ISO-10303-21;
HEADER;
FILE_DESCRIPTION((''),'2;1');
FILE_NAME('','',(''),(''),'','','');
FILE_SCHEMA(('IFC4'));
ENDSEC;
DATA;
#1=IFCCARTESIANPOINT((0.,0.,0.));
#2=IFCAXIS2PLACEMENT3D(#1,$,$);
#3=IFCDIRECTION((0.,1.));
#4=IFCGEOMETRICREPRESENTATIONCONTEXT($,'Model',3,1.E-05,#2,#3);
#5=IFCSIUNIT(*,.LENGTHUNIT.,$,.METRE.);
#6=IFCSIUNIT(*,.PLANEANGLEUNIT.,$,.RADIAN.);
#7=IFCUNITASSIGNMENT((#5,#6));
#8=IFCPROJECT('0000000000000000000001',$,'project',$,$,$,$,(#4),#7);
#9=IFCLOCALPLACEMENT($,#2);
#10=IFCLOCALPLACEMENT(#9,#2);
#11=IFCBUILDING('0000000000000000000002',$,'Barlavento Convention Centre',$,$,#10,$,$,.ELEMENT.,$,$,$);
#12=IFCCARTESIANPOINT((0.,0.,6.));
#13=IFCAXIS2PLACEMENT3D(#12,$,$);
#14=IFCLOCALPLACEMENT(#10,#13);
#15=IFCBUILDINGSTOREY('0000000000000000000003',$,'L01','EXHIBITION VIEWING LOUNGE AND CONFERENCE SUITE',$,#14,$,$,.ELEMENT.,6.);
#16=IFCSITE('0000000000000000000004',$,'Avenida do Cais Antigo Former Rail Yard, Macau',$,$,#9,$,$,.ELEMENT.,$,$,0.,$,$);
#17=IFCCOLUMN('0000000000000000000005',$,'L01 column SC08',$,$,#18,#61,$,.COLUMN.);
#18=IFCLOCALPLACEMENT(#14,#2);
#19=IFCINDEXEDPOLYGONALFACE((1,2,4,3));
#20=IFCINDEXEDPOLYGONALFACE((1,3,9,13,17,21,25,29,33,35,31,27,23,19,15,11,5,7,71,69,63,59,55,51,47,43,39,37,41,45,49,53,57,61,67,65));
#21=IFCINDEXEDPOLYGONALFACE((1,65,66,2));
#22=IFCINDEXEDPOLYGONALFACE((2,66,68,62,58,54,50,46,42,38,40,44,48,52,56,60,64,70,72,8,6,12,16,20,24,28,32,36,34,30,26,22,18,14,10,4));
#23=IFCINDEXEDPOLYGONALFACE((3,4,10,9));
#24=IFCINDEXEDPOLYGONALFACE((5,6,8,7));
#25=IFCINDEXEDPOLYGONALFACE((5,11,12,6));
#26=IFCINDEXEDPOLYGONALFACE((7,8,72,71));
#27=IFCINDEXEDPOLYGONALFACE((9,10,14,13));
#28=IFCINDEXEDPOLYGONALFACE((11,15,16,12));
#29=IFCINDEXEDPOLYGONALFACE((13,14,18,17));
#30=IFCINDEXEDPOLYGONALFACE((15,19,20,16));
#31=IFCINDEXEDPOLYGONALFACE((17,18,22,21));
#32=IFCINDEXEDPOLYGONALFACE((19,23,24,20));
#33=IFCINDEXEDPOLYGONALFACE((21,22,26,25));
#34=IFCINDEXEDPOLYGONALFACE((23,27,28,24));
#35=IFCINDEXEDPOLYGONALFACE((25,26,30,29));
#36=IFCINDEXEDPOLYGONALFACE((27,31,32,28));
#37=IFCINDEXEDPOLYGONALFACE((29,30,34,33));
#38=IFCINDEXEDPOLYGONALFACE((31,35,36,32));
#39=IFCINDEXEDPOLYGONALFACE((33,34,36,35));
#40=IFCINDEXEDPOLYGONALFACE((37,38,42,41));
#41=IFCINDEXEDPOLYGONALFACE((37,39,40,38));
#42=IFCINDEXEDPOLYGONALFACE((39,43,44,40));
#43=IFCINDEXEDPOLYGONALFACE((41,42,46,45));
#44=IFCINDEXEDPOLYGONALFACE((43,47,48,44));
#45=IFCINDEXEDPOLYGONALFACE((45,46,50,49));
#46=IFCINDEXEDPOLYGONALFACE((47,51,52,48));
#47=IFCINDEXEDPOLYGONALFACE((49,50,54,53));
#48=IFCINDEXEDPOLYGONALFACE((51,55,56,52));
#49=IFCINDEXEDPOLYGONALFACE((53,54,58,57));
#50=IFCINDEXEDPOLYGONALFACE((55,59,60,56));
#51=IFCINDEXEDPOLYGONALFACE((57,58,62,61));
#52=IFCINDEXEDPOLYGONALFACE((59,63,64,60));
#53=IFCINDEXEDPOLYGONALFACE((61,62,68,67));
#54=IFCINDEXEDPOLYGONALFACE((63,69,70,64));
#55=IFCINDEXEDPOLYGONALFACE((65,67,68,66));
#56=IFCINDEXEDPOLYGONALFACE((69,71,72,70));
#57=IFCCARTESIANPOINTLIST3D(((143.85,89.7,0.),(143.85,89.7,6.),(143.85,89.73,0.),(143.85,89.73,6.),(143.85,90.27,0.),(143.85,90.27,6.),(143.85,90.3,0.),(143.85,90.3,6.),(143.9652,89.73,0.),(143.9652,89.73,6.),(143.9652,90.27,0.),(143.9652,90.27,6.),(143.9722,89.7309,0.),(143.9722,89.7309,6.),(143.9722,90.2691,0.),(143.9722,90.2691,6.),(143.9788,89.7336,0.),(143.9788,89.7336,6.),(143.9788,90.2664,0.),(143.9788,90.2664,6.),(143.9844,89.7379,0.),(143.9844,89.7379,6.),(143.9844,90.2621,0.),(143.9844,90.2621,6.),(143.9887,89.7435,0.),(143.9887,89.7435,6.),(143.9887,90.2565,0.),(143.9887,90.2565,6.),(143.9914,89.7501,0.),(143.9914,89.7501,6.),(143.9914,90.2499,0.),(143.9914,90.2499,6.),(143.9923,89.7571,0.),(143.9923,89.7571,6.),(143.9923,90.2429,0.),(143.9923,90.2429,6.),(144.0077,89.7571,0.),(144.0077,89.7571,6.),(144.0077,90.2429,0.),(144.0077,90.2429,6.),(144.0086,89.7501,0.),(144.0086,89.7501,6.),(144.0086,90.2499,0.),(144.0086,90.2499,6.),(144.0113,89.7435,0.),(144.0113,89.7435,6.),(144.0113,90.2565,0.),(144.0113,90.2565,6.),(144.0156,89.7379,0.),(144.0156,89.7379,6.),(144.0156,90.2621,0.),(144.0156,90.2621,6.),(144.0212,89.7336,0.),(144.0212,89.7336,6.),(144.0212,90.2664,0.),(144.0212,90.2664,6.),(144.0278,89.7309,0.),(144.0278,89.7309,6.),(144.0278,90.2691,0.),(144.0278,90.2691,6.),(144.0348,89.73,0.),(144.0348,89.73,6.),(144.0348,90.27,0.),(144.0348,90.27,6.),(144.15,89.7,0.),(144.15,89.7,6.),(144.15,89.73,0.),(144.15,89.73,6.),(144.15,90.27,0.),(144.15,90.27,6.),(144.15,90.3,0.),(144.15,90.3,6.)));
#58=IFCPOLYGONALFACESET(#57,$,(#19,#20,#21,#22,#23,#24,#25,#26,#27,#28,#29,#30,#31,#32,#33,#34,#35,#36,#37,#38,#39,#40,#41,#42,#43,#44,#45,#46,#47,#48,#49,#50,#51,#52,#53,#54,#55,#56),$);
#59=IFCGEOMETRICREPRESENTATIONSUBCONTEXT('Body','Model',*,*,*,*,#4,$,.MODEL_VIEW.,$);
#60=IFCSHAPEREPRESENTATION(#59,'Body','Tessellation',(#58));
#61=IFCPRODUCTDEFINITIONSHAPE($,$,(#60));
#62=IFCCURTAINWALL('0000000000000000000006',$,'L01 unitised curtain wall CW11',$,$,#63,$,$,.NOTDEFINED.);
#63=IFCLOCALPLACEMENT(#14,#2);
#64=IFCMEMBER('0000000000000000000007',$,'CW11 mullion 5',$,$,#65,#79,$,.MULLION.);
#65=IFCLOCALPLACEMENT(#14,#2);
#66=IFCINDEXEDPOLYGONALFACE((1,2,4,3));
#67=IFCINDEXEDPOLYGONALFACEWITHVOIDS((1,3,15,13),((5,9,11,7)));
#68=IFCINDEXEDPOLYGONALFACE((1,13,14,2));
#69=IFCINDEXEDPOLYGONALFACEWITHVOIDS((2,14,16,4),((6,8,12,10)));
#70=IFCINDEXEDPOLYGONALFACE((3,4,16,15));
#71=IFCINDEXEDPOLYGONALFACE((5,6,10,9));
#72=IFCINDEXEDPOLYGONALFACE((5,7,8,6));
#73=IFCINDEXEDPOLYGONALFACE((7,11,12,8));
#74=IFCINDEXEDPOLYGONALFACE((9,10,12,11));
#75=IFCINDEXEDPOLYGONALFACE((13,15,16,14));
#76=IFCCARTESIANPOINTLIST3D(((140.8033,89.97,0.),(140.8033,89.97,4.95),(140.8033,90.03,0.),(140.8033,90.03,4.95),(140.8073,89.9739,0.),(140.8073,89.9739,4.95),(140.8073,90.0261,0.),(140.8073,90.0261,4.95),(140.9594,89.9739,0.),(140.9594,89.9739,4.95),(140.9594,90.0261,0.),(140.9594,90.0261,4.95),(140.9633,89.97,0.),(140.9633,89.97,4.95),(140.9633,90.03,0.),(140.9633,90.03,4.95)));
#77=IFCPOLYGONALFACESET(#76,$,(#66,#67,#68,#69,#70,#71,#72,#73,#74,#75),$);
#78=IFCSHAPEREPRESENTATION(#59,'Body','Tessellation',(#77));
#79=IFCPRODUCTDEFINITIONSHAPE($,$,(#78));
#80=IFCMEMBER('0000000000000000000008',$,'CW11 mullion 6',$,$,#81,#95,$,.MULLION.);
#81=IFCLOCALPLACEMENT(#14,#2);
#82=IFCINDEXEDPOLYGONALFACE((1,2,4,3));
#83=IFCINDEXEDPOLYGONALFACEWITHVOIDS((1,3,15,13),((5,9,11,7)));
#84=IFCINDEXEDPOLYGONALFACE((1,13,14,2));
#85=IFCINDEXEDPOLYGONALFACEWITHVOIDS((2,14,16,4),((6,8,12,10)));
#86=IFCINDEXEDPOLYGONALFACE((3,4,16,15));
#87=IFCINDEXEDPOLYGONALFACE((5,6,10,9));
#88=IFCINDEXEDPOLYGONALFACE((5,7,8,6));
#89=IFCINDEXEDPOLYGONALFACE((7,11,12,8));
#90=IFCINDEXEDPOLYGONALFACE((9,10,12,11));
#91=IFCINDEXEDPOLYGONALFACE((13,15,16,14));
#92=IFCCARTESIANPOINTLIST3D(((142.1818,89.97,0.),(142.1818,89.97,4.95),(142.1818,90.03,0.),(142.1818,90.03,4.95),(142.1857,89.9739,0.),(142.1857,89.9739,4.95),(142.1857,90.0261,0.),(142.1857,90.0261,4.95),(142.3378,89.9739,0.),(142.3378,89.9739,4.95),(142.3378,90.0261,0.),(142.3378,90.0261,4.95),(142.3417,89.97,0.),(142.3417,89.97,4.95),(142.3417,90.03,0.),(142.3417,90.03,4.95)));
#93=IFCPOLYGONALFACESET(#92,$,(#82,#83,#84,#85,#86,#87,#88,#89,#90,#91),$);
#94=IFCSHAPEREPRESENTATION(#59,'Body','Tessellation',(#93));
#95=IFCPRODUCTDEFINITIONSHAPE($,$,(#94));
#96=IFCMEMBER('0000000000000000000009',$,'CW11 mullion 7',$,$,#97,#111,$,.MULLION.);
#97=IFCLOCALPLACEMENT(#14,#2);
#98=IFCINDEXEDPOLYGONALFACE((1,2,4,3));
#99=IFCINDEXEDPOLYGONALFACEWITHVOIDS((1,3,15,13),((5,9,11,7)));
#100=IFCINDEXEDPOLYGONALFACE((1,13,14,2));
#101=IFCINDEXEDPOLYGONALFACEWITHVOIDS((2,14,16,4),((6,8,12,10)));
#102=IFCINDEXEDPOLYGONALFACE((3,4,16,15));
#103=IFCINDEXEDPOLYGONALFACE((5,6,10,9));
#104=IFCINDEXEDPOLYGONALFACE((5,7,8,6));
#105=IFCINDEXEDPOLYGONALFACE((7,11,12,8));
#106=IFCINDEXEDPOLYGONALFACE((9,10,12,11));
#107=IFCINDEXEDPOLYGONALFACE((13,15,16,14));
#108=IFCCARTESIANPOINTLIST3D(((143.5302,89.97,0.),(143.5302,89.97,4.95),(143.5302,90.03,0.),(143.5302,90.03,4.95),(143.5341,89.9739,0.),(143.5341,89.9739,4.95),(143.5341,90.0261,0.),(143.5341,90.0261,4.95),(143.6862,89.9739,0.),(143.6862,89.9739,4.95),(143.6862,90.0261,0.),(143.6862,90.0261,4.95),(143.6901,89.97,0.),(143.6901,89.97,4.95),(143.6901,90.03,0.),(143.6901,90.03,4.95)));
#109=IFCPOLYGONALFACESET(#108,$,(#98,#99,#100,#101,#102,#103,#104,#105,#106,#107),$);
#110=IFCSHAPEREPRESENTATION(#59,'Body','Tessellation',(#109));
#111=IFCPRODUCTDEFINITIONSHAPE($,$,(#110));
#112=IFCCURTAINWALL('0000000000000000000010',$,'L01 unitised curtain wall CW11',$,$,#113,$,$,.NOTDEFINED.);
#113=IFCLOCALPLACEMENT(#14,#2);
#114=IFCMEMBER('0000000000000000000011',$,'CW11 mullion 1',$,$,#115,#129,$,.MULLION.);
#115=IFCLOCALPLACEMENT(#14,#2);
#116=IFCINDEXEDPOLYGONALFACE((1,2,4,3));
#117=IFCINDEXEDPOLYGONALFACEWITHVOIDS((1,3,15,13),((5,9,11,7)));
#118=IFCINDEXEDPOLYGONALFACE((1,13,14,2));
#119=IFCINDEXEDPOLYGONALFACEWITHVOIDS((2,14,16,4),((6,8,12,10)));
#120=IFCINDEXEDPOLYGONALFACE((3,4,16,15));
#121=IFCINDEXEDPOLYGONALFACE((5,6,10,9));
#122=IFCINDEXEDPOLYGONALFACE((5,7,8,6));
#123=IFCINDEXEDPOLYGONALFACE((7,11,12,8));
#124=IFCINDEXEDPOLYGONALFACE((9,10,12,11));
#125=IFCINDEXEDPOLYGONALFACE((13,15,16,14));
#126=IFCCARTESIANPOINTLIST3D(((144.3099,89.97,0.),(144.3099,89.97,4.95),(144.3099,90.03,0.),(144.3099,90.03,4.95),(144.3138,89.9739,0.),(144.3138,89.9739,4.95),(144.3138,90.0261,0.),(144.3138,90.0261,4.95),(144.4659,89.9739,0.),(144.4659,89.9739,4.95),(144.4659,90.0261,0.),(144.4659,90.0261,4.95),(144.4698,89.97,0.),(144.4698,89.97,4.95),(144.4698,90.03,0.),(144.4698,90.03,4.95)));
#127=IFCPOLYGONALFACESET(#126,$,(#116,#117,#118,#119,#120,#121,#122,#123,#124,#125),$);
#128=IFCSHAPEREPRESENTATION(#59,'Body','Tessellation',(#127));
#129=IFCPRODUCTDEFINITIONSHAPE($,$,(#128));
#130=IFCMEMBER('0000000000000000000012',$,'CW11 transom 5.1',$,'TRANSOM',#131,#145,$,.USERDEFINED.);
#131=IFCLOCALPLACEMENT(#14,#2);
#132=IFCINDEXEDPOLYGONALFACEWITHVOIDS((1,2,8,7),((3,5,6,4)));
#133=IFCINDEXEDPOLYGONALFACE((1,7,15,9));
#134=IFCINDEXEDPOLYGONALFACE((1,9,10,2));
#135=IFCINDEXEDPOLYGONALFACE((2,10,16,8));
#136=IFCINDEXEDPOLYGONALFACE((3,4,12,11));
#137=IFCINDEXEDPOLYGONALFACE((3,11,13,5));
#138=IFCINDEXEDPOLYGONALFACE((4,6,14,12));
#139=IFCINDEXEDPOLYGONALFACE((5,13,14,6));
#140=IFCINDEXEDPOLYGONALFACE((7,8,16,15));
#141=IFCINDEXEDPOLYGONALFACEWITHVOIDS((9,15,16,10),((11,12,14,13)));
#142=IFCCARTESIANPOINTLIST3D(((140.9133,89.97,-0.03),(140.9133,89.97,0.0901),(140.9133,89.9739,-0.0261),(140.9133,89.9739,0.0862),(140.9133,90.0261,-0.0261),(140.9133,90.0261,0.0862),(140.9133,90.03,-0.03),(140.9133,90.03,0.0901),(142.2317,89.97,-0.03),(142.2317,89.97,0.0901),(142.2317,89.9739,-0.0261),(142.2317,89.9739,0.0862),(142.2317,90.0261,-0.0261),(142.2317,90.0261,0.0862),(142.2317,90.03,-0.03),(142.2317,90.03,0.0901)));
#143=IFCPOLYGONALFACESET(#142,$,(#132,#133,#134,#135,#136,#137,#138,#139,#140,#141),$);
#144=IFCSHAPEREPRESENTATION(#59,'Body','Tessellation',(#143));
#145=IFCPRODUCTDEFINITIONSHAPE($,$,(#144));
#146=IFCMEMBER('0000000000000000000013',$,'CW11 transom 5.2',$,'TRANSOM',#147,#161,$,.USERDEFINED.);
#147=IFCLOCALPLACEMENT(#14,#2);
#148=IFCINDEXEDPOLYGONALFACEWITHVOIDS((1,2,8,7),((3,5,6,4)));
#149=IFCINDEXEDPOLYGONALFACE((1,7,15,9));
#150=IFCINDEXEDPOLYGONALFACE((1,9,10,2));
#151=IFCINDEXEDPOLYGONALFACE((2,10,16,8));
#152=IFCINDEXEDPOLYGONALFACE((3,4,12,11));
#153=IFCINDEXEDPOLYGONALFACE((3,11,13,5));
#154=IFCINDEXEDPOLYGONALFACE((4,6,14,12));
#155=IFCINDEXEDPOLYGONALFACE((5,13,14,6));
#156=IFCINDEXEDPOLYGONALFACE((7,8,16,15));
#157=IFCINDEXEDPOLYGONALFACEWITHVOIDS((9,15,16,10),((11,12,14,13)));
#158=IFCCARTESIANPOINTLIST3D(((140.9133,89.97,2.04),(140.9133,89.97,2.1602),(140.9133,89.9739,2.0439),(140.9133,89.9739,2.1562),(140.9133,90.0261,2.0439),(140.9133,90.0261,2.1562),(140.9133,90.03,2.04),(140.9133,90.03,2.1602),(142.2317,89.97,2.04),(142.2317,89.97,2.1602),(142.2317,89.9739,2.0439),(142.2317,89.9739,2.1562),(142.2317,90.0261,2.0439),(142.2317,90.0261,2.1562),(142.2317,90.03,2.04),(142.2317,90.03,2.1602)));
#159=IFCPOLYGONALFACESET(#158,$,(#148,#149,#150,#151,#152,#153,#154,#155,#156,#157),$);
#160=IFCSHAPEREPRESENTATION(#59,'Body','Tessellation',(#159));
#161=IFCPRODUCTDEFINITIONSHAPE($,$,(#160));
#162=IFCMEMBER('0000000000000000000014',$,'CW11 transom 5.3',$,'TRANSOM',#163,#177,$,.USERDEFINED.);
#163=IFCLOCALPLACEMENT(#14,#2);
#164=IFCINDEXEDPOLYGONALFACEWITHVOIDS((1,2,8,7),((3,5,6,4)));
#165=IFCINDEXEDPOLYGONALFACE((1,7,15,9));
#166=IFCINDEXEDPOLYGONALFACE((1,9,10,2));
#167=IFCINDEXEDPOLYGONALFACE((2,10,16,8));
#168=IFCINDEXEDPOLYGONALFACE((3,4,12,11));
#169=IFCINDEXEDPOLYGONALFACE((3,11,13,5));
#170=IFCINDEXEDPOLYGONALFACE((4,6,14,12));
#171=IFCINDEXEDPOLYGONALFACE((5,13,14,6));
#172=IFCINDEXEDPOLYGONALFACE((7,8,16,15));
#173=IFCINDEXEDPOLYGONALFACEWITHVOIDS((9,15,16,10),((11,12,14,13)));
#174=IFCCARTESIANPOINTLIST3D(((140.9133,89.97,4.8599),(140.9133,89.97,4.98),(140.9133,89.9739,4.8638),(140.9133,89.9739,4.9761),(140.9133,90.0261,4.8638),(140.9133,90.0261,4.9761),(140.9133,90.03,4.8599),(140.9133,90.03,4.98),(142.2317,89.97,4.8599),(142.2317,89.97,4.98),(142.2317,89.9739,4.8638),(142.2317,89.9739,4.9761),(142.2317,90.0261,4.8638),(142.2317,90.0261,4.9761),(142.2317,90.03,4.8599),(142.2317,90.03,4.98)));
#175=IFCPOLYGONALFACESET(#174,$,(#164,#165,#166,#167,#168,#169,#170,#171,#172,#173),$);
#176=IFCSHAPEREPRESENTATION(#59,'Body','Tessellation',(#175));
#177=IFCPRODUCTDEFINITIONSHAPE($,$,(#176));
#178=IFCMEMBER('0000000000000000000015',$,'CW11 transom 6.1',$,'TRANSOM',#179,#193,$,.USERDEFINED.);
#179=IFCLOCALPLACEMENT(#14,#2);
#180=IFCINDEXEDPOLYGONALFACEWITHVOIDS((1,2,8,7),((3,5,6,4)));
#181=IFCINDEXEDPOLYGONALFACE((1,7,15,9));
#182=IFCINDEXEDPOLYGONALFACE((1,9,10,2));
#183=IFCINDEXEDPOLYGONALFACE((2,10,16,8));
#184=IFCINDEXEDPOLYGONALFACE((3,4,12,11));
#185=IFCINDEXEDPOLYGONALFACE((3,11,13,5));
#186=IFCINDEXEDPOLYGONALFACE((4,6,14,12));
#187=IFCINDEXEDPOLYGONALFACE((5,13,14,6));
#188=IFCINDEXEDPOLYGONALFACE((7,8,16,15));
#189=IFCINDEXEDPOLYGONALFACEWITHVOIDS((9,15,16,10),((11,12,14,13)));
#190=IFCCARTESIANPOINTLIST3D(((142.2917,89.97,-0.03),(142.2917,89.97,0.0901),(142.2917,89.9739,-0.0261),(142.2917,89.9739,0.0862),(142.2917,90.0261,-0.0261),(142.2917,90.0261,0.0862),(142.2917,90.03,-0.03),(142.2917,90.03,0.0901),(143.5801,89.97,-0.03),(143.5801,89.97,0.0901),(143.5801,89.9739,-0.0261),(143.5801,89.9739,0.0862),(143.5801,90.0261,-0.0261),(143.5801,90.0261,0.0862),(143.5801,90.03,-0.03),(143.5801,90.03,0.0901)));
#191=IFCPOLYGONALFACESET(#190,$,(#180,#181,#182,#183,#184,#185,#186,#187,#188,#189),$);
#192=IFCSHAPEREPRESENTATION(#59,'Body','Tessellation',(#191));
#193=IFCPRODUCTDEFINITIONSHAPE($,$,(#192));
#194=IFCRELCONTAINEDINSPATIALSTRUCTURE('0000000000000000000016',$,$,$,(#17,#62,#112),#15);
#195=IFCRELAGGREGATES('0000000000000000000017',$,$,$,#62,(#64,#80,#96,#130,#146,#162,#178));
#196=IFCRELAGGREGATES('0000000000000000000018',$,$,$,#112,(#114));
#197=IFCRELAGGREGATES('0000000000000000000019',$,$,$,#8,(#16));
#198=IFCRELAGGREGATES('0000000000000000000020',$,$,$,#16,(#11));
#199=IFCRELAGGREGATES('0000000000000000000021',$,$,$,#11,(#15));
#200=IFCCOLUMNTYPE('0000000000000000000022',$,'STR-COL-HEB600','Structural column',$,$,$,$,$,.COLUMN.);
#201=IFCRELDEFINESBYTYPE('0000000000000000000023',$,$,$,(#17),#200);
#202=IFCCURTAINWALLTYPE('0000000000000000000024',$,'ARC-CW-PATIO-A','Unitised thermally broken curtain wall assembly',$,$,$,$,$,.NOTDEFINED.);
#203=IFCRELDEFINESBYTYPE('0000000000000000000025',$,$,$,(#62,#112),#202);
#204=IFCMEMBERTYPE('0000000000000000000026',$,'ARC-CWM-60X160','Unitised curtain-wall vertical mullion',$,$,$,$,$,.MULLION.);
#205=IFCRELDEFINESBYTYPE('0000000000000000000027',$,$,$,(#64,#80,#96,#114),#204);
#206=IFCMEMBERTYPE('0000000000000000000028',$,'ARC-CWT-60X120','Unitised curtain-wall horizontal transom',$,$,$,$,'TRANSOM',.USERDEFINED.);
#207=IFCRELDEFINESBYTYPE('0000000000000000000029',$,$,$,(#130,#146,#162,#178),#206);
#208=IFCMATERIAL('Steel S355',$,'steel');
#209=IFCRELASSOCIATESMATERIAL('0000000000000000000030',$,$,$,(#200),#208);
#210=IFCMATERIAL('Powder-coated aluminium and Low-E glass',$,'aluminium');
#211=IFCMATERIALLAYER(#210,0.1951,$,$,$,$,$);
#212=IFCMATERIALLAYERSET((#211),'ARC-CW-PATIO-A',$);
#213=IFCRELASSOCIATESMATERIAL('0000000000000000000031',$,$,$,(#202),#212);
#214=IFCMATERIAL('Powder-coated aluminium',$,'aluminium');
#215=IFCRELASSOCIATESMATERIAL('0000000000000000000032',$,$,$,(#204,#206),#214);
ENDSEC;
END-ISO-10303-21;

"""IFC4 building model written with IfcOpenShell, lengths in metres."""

from ifc_helpers import new_model, si_unit, direction, frame, origin, origin_2d, place, context, subcontext, project, spatial, hollow_rectangle, i_section, extrude, material, layer, layer_set, material_profile, profile_set, type_object, element, aggregate, save


model = new_model("IFC4")

# Units and contexts
model_context = context("Model", 3, precision=1e-05, world=origin(), true_north=direction((0.0, 1.0)))
body_context = subcontext(model_context, "Body", "Model", "MODEL_VIEW")
ifc_project = project(units=[si_unit("LENGTHUNIT", "METRE"), si_unit("PLANEANGLEUNIT", "RADIAN")], contexts=[model_context])

# Site, building, storey
site_placement = place(None, origin())
site = spatial("IfcSite", under=ifc_project, at=site_placement, Name="Avenida do Cais Antigo Former Rail Yard, Macau", CompositionType="ELEMENT", RefElevation=0.0)
building_placement = place(site_placement, origin())
building = spatial("IfcBuilding", under=site, at=building_placement, Name="Barlavento Convention Centre", CompositionType="ELEMENT")
storey_placement = place(building_placement, frame((0.0, 0.0, 6.0)))
storey = spatial("IfcBuildingStorey", under=building, at=storey_placement, Name="L01", Description="EXHIBITION VIEWING LOUNGE AND CONFERENCE SUITE", CompositionType="ELEMENT", Elevation=6.0)

# Column
ifc_material_1 = material(Name="Steel S355", Category="steel")
ifc_material_profile_1 = material_profile(ifc_material_1, i_section(OverallWidth=0.3, OverallDepth=0.6001, WebThickness=0.0154, FlangeThickness=0.03, FilletRadius=0.0271, at=origin_2d()), Name="HEB 600")
ifc_profile_set_1 = profile_set([ifc_material_profile_1], Name="Steel S355")
column_type = type_object("IfcColumnType", Name="STR-COL-HEB600", Description="Structural column", PredefinedType="COLUMN", material=ifc_profile_set_1)
column_placement = place(storey_placement, frame((144.0, 90.0, 0.0), z_axis=(0.0, 0.0, 1.0), x_axis=(1.0, 0.0, 0.0)))
element("IfcColumn", 1, at=column_placement, inside=storey, type_object=column_type, Name="L01 column SC08", PredefinedType="COLUMN", context=body_context, shape_type="SweptSolid", body=[
    extrude(i_section(OverallWidth=0.3, OverallDepth=0.6001, WebThickness=0.0154, FlangeThickness=0.03, FilletRadius=0.0271, at=origin_2d()), origin(), (0.0, 0.0, 1.0), 6.0),
])

# Curtain wall, members
ifc_material_2 = material(Name="Powder-coated aluminium and Low-E glass", Category="aluminium")
ifc_layer_1 = layer(ifc_material_2, 0.1951)
ifc_layer_set_1 = layer_set([ifc_layer_1], Name="ARC-CW-PATIO-A")
curtain_wall_type = type_object("IfcCurtainWallType", Name="ARC-CW-PATIO-A", Description="Unitised thermally broken curtain wall assembly", PredefinedType="NOTDEFINED", material=ifc_layer_set_1)
curtain_wall_1_placement = place(storey_placement, origin())
curtain_wall_1 = element("IfcCurtainWall", 2, at=curtain_wall_1_placement, inside=storey, type_object=curtain_wall_type, Name="L01 unitised curtain wall CW11", PredefinedType="NOTDEFINED")
ifc_material_3 = material(Name="Powder-coated aluminium", Category="aluminium")
ifc_material_profile_2 = material_profile(ifc_material_3, hollow_rectangle(XDim=0.0601, YDim=0.1599, WallThickness=0.0039, at=origin_2d()), Name="AL-MULL 60x160x4")
ifc_profile_set_2 = profile_set([ifc_material_profile_2], Name="Powder-coated aluminium")
member_type_1 = type_object("IfcMemberType", Name="ARC-CWM-60X160", Description="Unitised curtain-wall vertical mullion", PredefinedType="MULLION", material=ifc_profile_set_2)
member_1_placement = place(storey_placement, frame((140.8833, 90.0, 0.0), z_axis=(0.0, 0.0, 1.0), x_axis=(0.0, 1.0, 0.0)))
member_1 = element("IfcMember", 3, at=member_1_placement, type_object=member_type_1, Name="CW11 mullion 5", PredefinedType="MULLION", context=body_context, shape_type="SweptSolid", body=[
    extrude(hollow_rectangle(XDim=0.0601, YDim=0.1599, WallThickness=0.0039, at=origin_2d()), origin(), (0.0, 0.0, 1.0), 4.95),
])
member_2_placement = place(storey_placement, frame((142.2617, 90.0, 0.0), z_axis=(0.0, 0.0, 1.0), x_axis=(0.0, 1.0, 0.0)))
member_2 = element("IfcMember", 4, at=member_2_placement, type_object=member_type_1, Name="CW11 mullion 6", PredefinedType="MULLION", context=body_context, shape_type="SweptSolid", body=[
    extrude(hollow_rectangle(XDim=0.0601, YDim=0.1599, WallThickness=0.0039, at=origin_2d()), origin(), (0.0, 0.0, 1.0), 4.95),
])
member_3_placement = place(storey_placement, frame((143.6101, 90.0, 0.0), z_axis=(0.0, 0.0, 1.0), x_axis=(0.0, 1.0, 0.0)))
member_3 = element("IfcMember", 5, at=member_3_placement, type_object=member_type_1, Name="CW11 mullion 7", PredefinedType="MULLION", context=body_context, shape_type="SweptSolid", body=[
    extrude(hollow_rectangle(XDim=0.0601, YDim=0.1599, WallThickness=0.0039, at=origin_2d()), origin(), (0.0, 0.0, 1.0), 4.95),
])

# Curtain wall, member
curtain_wall_2_placement = place(storey_placement, origin())
curtain_wall_2 = element("IfcCurtainWall", 6, at=curtain_wall_2_placement, inside=storey, type_object=curtain_wall_type, Name="L01 unitised curtain wall CW11", PredefinedType="NOTDEFINED")
member_4_placement = place(storey_placement, frame((144.3899, 90.0, 0.0), z_axis=(0.0, 0.0, 1.0), x_axis=(0.0, 1.0, 0.0)))
member_4 = element("IfcMember", 7, at=member_4_placement, type_object=member_type_1, Name="CW11 mullion 1", PredefinedType="MULLION", context=body_context, shape_type="SweptSolid", body=[
    extrude(hollow_rectangle(XDim=0.0601, YDim=0.1599, WallThickness=0.0039, at=origin_2d()), origin(), (0.0, 0.0, 1.0), 4.95),
])

# Members
ifc_material_profile_3 = material_profile(ifc_material_3, hollow_rectangle(XDim=0.0601, YDim=0.1201, WallThickness=0.0039, at=origin_2d()), Name="AL-TRAN 60x120x4")
ifc_profile_set_3 = profile_set([ifc_material_profile_3], Name="Powder-coated aluminium")
member_type_2 = type_object("IfcMemberType", Name="ARC-CWT-60X120", Description="Unitised curtain-wall horizontal transom", ElementType="TRANSOM", PredefinedType="USERDEFINED", material=ifc_profile_set_3)
member_5_placement = place(storey_placement, frame((140.9133, 90.0, 0.03), z_axis=(1.0, 0.0, 0.0), x_axis=(0.0, 1.0, 0.0)))
member_5 = element("IfcMember", 8, at=member_5_placement, type_object=member_type_2, Name="CW11 transom 5.1", ObjectType="TRANSOM", PredefinedType="USERDEFINED", context=body_context, shape_type="SweptSolid", body=[
    extrude(hollow_rectangle(XDim=0.0601, YDim=0.1201, WallThickness=0.0039, at=origin_2d()), origin(), (0.0, 0.0, 1.0), 1.3184),
])
member_6_placement = place(storey_placement, frame((140.9133, 90.0, 2.1001), z_axis=(1.0, 0.0, 0.0), x_axis=(0.0, 1.0, 0.0)))
member_6 = element("IfcMember", 9, at=member_6_placement, type_object=member_type_2, Name="CW11 transom 5.2", ObjectType="TRANSOM", PredefinedType="USERDEFINED", context=body_context, shape_type="SweptSolid", body=[
    extrude(hollow_rectangle(XDim=0.0601, YDim=0.1201, WallThickness=0.0039, at=origin_2d()), origin(), (0.0, 0.0, 1.0), 1.3184),
])
member_7_placement = place(storey_placement, frame((140.9133, 90.0, 4.9199), z_axis=(1.0, 0.0, 0.0), x_axis=(0.0, 1.0, 0.0)))
member_7 = element("IfcMember", 10, at=member_7_placement, type_object=member_type_2, Name="CW11 transom 5.3", ObjectType="TRANSOM", PredefinedType="USERDEFINED", context=body_context, shape_type="SweptSolid", body=[
    extrude(hollow_rectangle(XDim=0.0601, YDim=0.1201, WallThickness=0.0039, at=origin_2d()), origin(), (0.0, 0.0, 1.0), 1.3184),
])
member_8_placement = place(storey_placement, frame((142.2917, 90.0, 0.03), z_axis=(1.0, 0.0, 0.0), x_axis=(0.0, 1.0, 0.0)))
member_8 = element("IfcMember", 11, at=member_8_placement, type_object=member_type_2, Name="CW11 transom 6.1", ObjectType="TRANSOM", PredefinedType="USERDEFINED", context=body_context, shape_type="SweptSolid", body=[
    extrude(hollow_rectangle(XDim=0.0601, YDim=0.1201, WallThickness=0.0039, at=origin_2d()), origin(), (0.0, 0.0, 1.0), 1.2883),
])

aggregate(curtain_wall_1, [member_1, member_2, member_3, member_5, member_6, member_7, member_8])
aggregate(curtain_wall_2, [member_4])

save(model, "model.ifc")
